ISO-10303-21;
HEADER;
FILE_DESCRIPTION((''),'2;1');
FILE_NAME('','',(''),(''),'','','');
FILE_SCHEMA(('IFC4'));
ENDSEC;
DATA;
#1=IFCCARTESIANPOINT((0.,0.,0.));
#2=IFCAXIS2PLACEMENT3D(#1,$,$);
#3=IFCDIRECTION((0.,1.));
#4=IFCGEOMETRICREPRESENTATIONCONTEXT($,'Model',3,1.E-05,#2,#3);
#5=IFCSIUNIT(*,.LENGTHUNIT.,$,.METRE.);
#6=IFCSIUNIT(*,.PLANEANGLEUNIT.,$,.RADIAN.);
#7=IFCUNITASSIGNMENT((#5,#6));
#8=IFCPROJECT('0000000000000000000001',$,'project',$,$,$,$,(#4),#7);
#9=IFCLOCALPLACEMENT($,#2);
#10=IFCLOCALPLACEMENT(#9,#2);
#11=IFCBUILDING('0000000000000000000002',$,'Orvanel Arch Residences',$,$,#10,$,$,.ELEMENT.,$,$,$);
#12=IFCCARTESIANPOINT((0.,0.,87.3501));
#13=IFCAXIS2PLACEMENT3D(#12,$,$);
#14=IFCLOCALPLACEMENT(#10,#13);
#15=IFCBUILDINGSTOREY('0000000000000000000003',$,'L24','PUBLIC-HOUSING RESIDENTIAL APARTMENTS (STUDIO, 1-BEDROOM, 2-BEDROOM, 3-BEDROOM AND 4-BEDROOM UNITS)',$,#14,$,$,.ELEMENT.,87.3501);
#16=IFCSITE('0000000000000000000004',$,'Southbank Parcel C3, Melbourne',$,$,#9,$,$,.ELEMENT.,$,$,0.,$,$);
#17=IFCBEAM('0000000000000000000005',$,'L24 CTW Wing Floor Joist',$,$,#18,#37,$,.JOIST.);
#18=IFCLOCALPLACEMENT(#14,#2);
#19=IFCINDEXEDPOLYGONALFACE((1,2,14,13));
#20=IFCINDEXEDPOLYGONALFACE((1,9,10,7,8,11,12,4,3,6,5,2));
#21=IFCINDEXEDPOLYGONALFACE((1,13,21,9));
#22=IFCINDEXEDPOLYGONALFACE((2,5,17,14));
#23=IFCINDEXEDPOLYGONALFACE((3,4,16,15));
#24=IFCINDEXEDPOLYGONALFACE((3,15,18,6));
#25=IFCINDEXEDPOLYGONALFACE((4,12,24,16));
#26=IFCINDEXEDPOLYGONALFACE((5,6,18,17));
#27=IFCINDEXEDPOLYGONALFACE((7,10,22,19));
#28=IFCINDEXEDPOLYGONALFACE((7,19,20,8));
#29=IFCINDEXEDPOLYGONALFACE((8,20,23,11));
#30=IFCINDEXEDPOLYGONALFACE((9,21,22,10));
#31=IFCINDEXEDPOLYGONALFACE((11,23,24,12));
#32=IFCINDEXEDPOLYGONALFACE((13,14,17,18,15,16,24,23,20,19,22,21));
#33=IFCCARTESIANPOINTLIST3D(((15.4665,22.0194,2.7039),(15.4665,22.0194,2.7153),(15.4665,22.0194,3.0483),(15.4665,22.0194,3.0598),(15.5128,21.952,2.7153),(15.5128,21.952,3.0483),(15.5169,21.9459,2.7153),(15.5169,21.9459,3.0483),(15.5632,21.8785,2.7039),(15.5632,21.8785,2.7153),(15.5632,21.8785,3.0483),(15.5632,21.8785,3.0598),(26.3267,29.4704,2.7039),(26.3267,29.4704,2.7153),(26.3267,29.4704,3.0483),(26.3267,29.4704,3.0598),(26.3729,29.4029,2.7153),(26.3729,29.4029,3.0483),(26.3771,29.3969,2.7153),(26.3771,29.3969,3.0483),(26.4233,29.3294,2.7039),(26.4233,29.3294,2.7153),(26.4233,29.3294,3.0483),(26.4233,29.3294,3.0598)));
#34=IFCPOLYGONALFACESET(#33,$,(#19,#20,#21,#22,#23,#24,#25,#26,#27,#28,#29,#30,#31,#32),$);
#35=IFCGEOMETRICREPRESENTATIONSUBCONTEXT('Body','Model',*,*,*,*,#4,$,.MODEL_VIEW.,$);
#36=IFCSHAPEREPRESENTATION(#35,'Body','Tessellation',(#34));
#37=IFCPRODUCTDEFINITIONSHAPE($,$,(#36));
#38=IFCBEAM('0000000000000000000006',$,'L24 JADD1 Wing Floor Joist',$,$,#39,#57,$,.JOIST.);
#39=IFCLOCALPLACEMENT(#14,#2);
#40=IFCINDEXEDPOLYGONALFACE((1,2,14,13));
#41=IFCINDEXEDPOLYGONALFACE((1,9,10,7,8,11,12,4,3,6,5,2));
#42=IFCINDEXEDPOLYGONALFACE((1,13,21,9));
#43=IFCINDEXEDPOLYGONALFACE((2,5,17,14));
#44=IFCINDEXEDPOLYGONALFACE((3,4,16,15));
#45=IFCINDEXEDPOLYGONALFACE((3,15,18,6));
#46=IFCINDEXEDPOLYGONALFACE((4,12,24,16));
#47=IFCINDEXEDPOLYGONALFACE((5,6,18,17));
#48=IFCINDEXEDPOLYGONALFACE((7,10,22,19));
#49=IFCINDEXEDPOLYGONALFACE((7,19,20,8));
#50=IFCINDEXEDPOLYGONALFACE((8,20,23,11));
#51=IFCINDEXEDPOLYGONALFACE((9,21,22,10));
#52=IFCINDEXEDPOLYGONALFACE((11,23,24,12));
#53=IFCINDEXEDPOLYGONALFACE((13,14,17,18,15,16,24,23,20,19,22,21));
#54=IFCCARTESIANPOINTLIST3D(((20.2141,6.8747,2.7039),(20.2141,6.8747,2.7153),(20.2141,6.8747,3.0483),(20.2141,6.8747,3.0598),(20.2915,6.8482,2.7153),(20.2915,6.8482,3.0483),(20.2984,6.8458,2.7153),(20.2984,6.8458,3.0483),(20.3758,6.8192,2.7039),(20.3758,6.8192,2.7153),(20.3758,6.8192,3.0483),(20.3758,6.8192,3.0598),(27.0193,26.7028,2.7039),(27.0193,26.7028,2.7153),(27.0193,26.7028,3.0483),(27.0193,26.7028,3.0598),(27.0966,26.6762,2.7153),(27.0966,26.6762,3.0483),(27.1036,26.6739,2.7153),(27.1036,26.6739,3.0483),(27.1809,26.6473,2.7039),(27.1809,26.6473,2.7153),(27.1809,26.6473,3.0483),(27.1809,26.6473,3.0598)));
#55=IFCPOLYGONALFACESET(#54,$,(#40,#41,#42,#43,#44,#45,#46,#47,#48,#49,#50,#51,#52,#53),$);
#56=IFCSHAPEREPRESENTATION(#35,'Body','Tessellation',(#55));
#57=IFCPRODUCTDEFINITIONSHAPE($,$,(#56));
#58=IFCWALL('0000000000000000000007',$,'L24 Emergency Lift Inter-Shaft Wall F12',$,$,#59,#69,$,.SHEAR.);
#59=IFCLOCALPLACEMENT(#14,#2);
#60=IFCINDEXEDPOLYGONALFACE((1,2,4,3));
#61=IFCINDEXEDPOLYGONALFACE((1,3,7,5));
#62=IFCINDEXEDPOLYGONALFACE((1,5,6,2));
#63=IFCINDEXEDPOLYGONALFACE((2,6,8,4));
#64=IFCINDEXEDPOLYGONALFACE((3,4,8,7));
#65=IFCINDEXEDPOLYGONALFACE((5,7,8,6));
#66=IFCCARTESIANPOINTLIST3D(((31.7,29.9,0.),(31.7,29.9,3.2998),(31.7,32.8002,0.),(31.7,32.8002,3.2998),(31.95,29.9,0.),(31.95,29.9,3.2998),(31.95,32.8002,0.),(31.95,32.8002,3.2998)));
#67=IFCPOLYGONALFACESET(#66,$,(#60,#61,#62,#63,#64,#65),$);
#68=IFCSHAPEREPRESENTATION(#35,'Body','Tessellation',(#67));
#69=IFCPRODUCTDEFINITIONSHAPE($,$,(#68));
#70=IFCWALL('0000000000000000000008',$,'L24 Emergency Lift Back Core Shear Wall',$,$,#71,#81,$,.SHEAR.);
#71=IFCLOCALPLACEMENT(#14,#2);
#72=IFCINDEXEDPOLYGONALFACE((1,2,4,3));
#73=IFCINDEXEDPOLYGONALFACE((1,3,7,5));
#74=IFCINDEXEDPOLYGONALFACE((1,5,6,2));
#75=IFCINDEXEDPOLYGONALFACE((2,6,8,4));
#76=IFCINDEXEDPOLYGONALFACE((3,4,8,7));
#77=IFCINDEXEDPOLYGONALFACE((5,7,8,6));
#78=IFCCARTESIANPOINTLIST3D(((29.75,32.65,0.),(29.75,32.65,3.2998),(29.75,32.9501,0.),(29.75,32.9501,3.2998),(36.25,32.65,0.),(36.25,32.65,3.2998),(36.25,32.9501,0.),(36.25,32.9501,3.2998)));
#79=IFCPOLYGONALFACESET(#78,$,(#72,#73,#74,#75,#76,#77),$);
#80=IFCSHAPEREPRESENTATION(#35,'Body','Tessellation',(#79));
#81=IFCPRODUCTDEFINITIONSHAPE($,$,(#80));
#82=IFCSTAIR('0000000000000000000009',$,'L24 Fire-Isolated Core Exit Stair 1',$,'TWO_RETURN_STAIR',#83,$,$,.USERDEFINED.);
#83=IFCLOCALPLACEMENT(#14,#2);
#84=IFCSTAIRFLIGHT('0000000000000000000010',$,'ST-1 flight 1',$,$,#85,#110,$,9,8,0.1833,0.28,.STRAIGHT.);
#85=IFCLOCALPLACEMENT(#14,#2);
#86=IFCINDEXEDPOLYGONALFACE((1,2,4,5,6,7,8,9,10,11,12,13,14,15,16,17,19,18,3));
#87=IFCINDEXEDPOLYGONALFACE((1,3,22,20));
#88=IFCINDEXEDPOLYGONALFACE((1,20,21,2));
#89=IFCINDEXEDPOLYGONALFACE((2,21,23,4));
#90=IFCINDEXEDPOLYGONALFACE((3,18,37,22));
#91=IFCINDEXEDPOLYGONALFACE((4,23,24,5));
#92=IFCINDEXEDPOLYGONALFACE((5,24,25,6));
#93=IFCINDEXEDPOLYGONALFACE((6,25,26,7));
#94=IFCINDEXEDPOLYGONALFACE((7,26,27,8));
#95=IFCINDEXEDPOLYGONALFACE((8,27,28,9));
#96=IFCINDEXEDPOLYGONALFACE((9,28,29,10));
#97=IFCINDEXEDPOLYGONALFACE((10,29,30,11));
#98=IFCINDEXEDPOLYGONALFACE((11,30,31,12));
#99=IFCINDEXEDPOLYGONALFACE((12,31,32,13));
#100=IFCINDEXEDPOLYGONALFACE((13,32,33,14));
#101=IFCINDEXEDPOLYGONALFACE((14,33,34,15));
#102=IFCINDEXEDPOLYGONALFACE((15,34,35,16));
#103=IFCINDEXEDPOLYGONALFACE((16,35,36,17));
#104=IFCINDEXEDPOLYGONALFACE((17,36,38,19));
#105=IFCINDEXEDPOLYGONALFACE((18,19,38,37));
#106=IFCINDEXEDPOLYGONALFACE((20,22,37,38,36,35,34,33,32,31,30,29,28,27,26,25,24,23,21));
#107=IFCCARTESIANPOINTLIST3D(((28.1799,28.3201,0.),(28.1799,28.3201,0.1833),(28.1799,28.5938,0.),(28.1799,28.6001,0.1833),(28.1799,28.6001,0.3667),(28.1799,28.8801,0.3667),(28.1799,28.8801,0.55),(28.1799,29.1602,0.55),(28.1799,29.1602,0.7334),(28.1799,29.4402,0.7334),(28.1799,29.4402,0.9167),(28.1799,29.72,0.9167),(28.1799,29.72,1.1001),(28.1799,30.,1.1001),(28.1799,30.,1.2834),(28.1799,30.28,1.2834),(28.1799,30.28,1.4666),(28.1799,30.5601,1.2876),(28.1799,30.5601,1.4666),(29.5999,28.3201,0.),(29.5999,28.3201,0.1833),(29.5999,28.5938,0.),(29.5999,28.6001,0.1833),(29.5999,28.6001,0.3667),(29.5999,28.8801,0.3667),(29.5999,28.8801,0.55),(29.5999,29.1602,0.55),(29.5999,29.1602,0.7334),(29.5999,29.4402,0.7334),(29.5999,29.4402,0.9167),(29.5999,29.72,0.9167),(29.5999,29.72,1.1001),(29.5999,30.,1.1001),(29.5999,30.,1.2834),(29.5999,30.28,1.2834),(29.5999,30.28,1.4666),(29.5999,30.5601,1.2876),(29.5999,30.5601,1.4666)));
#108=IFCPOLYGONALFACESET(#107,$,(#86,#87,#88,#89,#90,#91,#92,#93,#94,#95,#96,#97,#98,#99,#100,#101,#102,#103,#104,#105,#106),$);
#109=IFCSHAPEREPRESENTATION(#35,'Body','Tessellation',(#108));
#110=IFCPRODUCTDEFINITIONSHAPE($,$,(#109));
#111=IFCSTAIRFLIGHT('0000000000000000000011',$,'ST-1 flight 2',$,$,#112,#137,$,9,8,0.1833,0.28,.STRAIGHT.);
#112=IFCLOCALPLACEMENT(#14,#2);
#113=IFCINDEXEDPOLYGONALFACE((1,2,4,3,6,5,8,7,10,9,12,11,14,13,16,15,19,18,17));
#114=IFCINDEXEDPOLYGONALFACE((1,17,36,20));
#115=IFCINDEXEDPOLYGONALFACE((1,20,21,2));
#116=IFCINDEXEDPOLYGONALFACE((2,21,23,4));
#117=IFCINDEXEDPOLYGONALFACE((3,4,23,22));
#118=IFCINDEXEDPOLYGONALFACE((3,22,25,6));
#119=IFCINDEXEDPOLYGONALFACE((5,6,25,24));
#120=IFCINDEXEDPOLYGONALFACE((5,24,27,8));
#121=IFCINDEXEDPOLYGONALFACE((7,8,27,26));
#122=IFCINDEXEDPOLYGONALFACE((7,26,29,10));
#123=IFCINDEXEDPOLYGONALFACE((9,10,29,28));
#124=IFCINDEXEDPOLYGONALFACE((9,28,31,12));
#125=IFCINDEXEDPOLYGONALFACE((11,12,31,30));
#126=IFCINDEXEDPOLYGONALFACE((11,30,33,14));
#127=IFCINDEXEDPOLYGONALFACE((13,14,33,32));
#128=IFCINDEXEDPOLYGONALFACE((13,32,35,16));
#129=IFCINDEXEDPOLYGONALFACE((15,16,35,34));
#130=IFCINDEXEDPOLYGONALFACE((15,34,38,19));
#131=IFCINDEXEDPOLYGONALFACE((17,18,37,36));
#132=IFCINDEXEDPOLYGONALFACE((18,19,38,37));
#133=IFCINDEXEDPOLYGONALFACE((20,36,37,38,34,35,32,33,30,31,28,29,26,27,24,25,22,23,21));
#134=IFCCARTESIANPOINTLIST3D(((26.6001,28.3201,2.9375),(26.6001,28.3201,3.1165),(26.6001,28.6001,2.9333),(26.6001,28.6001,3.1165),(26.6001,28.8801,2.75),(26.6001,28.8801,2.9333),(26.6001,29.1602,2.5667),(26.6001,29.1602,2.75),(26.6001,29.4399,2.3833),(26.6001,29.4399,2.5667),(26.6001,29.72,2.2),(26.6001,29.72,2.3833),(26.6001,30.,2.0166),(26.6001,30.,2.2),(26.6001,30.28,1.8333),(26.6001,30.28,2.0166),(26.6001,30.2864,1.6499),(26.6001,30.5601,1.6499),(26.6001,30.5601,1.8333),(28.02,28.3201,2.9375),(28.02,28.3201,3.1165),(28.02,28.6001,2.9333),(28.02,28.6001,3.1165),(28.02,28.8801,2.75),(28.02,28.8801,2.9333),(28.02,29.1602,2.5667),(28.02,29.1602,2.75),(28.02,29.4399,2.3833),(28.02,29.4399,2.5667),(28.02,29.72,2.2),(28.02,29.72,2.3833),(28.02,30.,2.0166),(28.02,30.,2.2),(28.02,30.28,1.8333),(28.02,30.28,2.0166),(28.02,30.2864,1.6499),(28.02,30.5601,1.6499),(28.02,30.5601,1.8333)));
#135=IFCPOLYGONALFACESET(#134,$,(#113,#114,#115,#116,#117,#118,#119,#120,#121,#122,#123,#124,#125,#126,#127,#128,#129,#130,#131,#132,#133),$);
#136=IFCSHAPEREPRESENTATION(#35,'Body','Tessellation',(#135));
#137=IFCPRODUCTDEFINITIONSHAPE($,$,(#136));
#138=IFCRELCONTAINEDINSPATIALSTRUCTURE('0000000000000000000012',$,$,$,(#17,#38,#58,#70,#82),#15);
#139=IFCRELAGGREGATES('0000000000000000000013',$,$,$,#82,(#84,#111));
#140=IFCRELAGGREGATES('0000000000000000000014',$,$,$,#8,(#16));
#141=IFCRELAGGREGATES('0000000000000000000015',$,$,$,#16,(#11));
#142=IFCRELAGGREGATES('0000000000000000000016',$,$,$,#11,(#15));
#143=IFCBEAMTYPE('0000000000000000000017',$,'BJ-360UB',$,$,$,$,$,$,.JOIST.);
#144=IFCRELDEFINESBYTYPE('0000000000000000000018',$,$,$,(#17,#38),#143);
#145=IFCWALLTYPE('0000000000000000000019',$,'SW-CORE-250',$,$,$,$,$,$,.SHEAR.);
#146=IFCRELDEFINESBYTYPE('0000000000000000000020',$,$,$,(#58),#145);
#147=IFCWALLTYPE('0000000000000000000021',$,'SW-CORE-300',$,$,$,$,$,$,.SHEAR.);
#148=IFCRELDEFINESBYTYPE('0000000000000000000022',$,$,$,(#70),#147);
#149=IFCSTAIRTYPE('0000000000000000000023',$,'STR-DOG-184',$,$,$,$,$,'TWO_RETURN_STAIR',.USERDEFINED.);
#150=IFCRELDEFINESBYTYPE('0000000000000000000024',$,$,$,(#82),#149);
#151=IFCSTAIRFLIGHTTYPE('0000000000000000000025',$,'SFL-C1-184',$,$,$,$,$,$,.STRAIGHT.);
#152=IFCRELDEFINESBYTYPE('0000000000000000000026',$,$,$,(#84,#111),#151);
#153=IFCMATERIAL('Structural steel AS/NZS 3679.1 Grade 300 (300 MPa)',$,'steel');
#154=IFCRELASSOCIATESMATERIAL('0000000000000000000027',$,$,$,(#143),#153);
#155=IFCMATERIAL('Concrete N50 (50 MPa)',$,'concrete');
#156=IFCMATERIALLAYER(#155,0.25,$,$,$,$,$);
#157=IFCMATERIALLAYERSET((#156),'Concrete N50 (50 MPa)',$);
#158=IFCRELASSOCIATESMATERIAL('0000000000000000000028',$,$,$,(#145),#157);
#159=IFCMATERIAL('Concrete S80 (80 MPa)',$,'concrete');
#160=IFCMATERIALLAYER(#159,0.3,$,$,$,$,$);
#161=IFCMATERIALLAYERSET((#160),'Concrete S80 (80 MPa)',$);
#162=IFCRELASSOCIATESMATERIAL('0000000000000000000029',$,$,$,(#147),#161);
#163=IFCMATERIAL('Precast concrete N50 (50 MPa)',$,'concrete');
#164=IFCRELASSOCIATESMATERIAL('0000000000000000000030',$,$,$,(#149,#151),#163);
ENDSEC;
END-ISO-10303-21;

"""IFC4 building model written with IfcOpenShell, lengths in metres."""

from ifc_helpers import new_model, si_unit, direction, frame, frame_2d, origin, origin_2d, place, context, subcontext, project, spatial, polyline, rectangle, i_section, outline, extrude, material, layer, layer_set, material_profile, profile_set, type_object, element, aggregate, save


model = new_model("IFC4")

# Units and contexts
model_context = context("Model", 3, precision=1e-05, world=origin(), true_north=direction((0.0, 1.0)))
body_context = subcontext(model_context, "Body", "Model", "MODEL_VIEW")
ifc_project = project(units=[si_unit("LENGTHUNIT", "METRE"), si_unit("PLANEANGLEUNIT", "RADIAN")], contexts=[model_context])

# Site, building, storey
site_placement = place(None, origin())
site = spatial("IfcSite", under=ifc_project, at=site_placement, Name="Southbank Parcel C3, Melbourne", CompositionType="ELEMENT", RefElevation=0.0)
building_placement = place(site_placement, origin())
building = spatial("IfcBuilding", under=site, at=building_placement, Name="Orvanel Arch Residences", CompositionType="ELEMENT")
storey_placement = place(building_placement, frame((0.0, 0.0, 87.3501)))
storey = spatial("IfcBuildingStorey", under=building, at=storey_placement, Name="L24", Description="PUBLIC-HOUSING RESIDENTIAL APARTMENTS (STUDIO, 1-BEDROOM, 2-BEDROOM, 3-BEDROOM AND 4-BEDROOM UNITS)", CompositionType="ELEMENT", Elevation=87.3501)

# Beams
ifc_material_1 = material(Name="Structural steel AS/NZS 3679.1 Grade 300 (300 MPa)", Category="steel")
ifc_material_profile_1 = material_profile(ifc_material_1, i_section(OverallWidth=0.1709, OverallDepth=0.356, WebThickness=0.0073, FlangeThickness=0.0115, at=origin_2d()), Name="360UB50.7")
ifc_profile_set_1 = profile_set([ifc_material_profile_1], Name="Structural steel AS/NZS 3679.1 Grade 300 (300 MPa)")
beam_type_1 = type_object("IfcBeamType", Name="BJ-360UB", PredefinedType="JOIST", material=ifc_profile_set_1)
beam_1_placement = place(storey_placement, frame((26.375, 29.3999, 2.8818), z_axis=(-0.824587, -0.565735, 0.0), x_axis=(0.565735, -0.824587, 0.0)))
element("IfcBeam", 1, at=beam_1_placement, inside=storey, type_object=beam_type_1, Name="L24 CTW Wing Floor Joist", PredefinedType="JOIST", context=body_context, shape_type="SweptSolid", body=[
    extrude(i_section(OverallWidth=0.1709, OverallDepth=0.356, WebThickness=0.0073, FlangeThickness=0.0115, at=origin_2d()), origin(), (0.0, 0.0, 1.0), 13.1704),
])
beam_2_placement = place(storey_placement, frame((27.1001, 26.675, 2.8818), z_axis=(-0.324621, -0.945844, 0.0), x_axis=(0.945844, -0.324621, 0.0)))
element("IfcBeam", 2, at=beam_2_placement, inside=storey, type_object=beam_type_1, Name="L24 JADD1 Wing Floor Joist", PredefinedType="JOIST", context=body_context, shape_type="SweptSolid", body=[
    extrude(i_section(OverallWidth=0.1709, OverallDepth=0.356, WebThickness=0.0073, FlangeThickness=0.0115, at=origin_2d()), origin(), (0.0, 0.0, 1.0), 20.9634),
])

# Wall
ifc_material_2 = material(Name="Concrete N50 (50 MPa)", Category="concrete")
ifc_layer_1 = layer(ifc_material_2, 0.25)
ifc_layer_set_1 = layer_set([ifc_layer_1], Name="Concrete N50 (50 MPa)")
wall_type_1 = type_object("IfcWallType", Name="SW-CORE-250", PredefinedType="SHEAR", material=ifc_layer_set_1)
wall_1_placement = place(storey_placement, frame((31.825, 29.8999, 0.0), z_axis=(0.0, 0.0, 1.0), x_axis=(0.0, 1.0, 0.0)))
element("IfcWall", 3, at=wall_1_placement, inside=storey, type_object=wall_type_1, Name="L24 Emergency Lift Inter-Shaft Wall F12", PredefinedType="SHEAR", context=body_context, shape_type="SweptSolid", body=[
    extrude(rectangle(XDim=2.9001, YDim=0.25, at=frame_2d((1.4502, 0.0))), origin(), (0.0, 0.0, 1.0), 3.2998),
])

# Shared definitions
ifc_material_3 = material(Name="Concrete S80 (80 MPa)", Category="concrete")
ifc_layer_2 = layer(ifc_material_3, 0.3)
ifc_layer_set_2 = layer_set([ifc_layer_2], Name="Concrete S80 (80 MPa)")
wall_type_2 = type_object("IfcWallType", Name="SW-CORE-300", PredefinedType="SHEAR", material=ifc_layer_set_2)

# Wall
wall_2_placement = place(storey_placement, frame((29.75, 32.8, 0.0), z_axis=(0.0, 0.0, 1.0), x_axis=(1.0, 0.0, 0.0)))
element("IfcWall", 4, at=wall_2_placement, inside=storey, type_object=wall_type_2, Name="L24 Emergency Lift Back Core Shear Wall", PredefinedType="SHEAR", context=body_context, shape_type="SweptSolid", body=[
    extrude(rectangle(XDim=6.5, YDim=0.3, at=frame_2d((3.25, 0.0))), origin(), (0.0, 0.0, 1.0), 3.2998),
])

# Stair, stair flights
ifc_material_4 = material(Name="Precast concrete N50 (50 MPa)", Category="concrete")
stair_type = type_object("IfcStairType", Name="STR-DOG-184", ElementType="TWO_RETURN_STAIR", PredefinedType="USERDEFINED", material=ifc_material_4)
stair_placement = place(storey_placement, origin())
stair = element("IfcStair", 5, at=stair_placement, inside=storey, type_object=stair_type, Name="L24 Fire-Isolated Core Exit Stair 1", ObjectType="TWO_RETURN_STAIR", PredefinedType="USERDEFINED")
stair_flight_type = type_object("IfcStairFlightType", Name="SFL-C1-184", PredefinedType="STRAIGHT", material=ifc_material_4)
stair_flight_1_placement = place(storey_placement, frame((28.8899, 28.3201, 0.0), z_axis=(0.0, 0.0, 1.0), x_axis=(0.0, 1.0, 0.0)))
stair_flight_1 = element("IfcStairFlight", 6, at=stair_flight_1_placement, type_object=stair_flight_type, Name="ST-1 flight 1", NumberOfRisers=9, NumberOfTreads=8, PredefinedType="STRAIGHT", RiserHeight=0.1833, TreadLength=0.28, context=body_context, shape_type="SweptSolid", body=[
    extrude(outline(polyline([(0.0, 0.0), (0.0, 0.1833), (0.28, 0.1833), (0.28, 0.3667), (0.5601, 0.3667), (0.5601, 0.55), (0.8401, 0.55), (0.8401, 0.7334), (1.1201, 0.7334), (1.1201, 0.9167), (1.3999, 0.9167), (1.3999, 1.1001), (1.6799, 1.1001), (1.6799, 1.2834), (1.96, 1.2834), (1.96, 1.4666), (2.24, 1.4666), (2.24, 1.6499), (2.24, 1.2876), (0.2737, 0.0), (0.0, 0.0)])), frame((0.0, 0.71, 0.0), z_axis=(0.0, -1.0, 0.0), x_axis=(1.0, 0.0, 0.0)), (0.0, 0.0, 1.0), 1.4199),
])
stair_flight_2_placement = place(storey_placement, frame((27.3101, 30.5601, 1.6499), z_axis=(0.0, 0.0, 1.0), x_axis=(0.0, -1.0, 0.0)))
stair_flight_2 = element("IfcStairFlight", 7, at=stair_flight_2_placement, type_object=stair_flight_type, Name="ST-1 flight 2", NumberOfRisers=9, NumberOfTreads=8, PredefinedType="STRAIGHT", RiserHeight=0.1833, TreadLength=0.28, context=body_context, shape_type="SweptSolid", body=[
    extrude(outline(polyline([(0.0, 0.0), (0.0, 0.1833), (0.28, 0.1833), (0.28, 0.3667), (0.5601, 0.3667), (0.5601, 0.55), (0.8401, 0.55), (0.8401, 0.7334), (1.1201, 0.7334), (1.1201, 0.9167), (1.3999, 0.9167), (1.3999, 1.1001), (1.6799, 1.1001), (1.6799, 1.2834), (1.96, 1.2834), (1.96, 1.4666), (2.24, 1.4666), (2.24, 1.6499), (2.24, 1.2876), (0.2737, 0.0), (0.0, 0.0)])), frame((0.0, 0.71, 0.0), z_axis=(0.0, -1.0, 0.0), x_axis=(1.0, 0.0, 0.0)), (0.0, 0.0, 1.0), 1.4199),
])
aggregate(stair, [stair_flight_1, stair_flight_2])

save(model, "model.ifc")
